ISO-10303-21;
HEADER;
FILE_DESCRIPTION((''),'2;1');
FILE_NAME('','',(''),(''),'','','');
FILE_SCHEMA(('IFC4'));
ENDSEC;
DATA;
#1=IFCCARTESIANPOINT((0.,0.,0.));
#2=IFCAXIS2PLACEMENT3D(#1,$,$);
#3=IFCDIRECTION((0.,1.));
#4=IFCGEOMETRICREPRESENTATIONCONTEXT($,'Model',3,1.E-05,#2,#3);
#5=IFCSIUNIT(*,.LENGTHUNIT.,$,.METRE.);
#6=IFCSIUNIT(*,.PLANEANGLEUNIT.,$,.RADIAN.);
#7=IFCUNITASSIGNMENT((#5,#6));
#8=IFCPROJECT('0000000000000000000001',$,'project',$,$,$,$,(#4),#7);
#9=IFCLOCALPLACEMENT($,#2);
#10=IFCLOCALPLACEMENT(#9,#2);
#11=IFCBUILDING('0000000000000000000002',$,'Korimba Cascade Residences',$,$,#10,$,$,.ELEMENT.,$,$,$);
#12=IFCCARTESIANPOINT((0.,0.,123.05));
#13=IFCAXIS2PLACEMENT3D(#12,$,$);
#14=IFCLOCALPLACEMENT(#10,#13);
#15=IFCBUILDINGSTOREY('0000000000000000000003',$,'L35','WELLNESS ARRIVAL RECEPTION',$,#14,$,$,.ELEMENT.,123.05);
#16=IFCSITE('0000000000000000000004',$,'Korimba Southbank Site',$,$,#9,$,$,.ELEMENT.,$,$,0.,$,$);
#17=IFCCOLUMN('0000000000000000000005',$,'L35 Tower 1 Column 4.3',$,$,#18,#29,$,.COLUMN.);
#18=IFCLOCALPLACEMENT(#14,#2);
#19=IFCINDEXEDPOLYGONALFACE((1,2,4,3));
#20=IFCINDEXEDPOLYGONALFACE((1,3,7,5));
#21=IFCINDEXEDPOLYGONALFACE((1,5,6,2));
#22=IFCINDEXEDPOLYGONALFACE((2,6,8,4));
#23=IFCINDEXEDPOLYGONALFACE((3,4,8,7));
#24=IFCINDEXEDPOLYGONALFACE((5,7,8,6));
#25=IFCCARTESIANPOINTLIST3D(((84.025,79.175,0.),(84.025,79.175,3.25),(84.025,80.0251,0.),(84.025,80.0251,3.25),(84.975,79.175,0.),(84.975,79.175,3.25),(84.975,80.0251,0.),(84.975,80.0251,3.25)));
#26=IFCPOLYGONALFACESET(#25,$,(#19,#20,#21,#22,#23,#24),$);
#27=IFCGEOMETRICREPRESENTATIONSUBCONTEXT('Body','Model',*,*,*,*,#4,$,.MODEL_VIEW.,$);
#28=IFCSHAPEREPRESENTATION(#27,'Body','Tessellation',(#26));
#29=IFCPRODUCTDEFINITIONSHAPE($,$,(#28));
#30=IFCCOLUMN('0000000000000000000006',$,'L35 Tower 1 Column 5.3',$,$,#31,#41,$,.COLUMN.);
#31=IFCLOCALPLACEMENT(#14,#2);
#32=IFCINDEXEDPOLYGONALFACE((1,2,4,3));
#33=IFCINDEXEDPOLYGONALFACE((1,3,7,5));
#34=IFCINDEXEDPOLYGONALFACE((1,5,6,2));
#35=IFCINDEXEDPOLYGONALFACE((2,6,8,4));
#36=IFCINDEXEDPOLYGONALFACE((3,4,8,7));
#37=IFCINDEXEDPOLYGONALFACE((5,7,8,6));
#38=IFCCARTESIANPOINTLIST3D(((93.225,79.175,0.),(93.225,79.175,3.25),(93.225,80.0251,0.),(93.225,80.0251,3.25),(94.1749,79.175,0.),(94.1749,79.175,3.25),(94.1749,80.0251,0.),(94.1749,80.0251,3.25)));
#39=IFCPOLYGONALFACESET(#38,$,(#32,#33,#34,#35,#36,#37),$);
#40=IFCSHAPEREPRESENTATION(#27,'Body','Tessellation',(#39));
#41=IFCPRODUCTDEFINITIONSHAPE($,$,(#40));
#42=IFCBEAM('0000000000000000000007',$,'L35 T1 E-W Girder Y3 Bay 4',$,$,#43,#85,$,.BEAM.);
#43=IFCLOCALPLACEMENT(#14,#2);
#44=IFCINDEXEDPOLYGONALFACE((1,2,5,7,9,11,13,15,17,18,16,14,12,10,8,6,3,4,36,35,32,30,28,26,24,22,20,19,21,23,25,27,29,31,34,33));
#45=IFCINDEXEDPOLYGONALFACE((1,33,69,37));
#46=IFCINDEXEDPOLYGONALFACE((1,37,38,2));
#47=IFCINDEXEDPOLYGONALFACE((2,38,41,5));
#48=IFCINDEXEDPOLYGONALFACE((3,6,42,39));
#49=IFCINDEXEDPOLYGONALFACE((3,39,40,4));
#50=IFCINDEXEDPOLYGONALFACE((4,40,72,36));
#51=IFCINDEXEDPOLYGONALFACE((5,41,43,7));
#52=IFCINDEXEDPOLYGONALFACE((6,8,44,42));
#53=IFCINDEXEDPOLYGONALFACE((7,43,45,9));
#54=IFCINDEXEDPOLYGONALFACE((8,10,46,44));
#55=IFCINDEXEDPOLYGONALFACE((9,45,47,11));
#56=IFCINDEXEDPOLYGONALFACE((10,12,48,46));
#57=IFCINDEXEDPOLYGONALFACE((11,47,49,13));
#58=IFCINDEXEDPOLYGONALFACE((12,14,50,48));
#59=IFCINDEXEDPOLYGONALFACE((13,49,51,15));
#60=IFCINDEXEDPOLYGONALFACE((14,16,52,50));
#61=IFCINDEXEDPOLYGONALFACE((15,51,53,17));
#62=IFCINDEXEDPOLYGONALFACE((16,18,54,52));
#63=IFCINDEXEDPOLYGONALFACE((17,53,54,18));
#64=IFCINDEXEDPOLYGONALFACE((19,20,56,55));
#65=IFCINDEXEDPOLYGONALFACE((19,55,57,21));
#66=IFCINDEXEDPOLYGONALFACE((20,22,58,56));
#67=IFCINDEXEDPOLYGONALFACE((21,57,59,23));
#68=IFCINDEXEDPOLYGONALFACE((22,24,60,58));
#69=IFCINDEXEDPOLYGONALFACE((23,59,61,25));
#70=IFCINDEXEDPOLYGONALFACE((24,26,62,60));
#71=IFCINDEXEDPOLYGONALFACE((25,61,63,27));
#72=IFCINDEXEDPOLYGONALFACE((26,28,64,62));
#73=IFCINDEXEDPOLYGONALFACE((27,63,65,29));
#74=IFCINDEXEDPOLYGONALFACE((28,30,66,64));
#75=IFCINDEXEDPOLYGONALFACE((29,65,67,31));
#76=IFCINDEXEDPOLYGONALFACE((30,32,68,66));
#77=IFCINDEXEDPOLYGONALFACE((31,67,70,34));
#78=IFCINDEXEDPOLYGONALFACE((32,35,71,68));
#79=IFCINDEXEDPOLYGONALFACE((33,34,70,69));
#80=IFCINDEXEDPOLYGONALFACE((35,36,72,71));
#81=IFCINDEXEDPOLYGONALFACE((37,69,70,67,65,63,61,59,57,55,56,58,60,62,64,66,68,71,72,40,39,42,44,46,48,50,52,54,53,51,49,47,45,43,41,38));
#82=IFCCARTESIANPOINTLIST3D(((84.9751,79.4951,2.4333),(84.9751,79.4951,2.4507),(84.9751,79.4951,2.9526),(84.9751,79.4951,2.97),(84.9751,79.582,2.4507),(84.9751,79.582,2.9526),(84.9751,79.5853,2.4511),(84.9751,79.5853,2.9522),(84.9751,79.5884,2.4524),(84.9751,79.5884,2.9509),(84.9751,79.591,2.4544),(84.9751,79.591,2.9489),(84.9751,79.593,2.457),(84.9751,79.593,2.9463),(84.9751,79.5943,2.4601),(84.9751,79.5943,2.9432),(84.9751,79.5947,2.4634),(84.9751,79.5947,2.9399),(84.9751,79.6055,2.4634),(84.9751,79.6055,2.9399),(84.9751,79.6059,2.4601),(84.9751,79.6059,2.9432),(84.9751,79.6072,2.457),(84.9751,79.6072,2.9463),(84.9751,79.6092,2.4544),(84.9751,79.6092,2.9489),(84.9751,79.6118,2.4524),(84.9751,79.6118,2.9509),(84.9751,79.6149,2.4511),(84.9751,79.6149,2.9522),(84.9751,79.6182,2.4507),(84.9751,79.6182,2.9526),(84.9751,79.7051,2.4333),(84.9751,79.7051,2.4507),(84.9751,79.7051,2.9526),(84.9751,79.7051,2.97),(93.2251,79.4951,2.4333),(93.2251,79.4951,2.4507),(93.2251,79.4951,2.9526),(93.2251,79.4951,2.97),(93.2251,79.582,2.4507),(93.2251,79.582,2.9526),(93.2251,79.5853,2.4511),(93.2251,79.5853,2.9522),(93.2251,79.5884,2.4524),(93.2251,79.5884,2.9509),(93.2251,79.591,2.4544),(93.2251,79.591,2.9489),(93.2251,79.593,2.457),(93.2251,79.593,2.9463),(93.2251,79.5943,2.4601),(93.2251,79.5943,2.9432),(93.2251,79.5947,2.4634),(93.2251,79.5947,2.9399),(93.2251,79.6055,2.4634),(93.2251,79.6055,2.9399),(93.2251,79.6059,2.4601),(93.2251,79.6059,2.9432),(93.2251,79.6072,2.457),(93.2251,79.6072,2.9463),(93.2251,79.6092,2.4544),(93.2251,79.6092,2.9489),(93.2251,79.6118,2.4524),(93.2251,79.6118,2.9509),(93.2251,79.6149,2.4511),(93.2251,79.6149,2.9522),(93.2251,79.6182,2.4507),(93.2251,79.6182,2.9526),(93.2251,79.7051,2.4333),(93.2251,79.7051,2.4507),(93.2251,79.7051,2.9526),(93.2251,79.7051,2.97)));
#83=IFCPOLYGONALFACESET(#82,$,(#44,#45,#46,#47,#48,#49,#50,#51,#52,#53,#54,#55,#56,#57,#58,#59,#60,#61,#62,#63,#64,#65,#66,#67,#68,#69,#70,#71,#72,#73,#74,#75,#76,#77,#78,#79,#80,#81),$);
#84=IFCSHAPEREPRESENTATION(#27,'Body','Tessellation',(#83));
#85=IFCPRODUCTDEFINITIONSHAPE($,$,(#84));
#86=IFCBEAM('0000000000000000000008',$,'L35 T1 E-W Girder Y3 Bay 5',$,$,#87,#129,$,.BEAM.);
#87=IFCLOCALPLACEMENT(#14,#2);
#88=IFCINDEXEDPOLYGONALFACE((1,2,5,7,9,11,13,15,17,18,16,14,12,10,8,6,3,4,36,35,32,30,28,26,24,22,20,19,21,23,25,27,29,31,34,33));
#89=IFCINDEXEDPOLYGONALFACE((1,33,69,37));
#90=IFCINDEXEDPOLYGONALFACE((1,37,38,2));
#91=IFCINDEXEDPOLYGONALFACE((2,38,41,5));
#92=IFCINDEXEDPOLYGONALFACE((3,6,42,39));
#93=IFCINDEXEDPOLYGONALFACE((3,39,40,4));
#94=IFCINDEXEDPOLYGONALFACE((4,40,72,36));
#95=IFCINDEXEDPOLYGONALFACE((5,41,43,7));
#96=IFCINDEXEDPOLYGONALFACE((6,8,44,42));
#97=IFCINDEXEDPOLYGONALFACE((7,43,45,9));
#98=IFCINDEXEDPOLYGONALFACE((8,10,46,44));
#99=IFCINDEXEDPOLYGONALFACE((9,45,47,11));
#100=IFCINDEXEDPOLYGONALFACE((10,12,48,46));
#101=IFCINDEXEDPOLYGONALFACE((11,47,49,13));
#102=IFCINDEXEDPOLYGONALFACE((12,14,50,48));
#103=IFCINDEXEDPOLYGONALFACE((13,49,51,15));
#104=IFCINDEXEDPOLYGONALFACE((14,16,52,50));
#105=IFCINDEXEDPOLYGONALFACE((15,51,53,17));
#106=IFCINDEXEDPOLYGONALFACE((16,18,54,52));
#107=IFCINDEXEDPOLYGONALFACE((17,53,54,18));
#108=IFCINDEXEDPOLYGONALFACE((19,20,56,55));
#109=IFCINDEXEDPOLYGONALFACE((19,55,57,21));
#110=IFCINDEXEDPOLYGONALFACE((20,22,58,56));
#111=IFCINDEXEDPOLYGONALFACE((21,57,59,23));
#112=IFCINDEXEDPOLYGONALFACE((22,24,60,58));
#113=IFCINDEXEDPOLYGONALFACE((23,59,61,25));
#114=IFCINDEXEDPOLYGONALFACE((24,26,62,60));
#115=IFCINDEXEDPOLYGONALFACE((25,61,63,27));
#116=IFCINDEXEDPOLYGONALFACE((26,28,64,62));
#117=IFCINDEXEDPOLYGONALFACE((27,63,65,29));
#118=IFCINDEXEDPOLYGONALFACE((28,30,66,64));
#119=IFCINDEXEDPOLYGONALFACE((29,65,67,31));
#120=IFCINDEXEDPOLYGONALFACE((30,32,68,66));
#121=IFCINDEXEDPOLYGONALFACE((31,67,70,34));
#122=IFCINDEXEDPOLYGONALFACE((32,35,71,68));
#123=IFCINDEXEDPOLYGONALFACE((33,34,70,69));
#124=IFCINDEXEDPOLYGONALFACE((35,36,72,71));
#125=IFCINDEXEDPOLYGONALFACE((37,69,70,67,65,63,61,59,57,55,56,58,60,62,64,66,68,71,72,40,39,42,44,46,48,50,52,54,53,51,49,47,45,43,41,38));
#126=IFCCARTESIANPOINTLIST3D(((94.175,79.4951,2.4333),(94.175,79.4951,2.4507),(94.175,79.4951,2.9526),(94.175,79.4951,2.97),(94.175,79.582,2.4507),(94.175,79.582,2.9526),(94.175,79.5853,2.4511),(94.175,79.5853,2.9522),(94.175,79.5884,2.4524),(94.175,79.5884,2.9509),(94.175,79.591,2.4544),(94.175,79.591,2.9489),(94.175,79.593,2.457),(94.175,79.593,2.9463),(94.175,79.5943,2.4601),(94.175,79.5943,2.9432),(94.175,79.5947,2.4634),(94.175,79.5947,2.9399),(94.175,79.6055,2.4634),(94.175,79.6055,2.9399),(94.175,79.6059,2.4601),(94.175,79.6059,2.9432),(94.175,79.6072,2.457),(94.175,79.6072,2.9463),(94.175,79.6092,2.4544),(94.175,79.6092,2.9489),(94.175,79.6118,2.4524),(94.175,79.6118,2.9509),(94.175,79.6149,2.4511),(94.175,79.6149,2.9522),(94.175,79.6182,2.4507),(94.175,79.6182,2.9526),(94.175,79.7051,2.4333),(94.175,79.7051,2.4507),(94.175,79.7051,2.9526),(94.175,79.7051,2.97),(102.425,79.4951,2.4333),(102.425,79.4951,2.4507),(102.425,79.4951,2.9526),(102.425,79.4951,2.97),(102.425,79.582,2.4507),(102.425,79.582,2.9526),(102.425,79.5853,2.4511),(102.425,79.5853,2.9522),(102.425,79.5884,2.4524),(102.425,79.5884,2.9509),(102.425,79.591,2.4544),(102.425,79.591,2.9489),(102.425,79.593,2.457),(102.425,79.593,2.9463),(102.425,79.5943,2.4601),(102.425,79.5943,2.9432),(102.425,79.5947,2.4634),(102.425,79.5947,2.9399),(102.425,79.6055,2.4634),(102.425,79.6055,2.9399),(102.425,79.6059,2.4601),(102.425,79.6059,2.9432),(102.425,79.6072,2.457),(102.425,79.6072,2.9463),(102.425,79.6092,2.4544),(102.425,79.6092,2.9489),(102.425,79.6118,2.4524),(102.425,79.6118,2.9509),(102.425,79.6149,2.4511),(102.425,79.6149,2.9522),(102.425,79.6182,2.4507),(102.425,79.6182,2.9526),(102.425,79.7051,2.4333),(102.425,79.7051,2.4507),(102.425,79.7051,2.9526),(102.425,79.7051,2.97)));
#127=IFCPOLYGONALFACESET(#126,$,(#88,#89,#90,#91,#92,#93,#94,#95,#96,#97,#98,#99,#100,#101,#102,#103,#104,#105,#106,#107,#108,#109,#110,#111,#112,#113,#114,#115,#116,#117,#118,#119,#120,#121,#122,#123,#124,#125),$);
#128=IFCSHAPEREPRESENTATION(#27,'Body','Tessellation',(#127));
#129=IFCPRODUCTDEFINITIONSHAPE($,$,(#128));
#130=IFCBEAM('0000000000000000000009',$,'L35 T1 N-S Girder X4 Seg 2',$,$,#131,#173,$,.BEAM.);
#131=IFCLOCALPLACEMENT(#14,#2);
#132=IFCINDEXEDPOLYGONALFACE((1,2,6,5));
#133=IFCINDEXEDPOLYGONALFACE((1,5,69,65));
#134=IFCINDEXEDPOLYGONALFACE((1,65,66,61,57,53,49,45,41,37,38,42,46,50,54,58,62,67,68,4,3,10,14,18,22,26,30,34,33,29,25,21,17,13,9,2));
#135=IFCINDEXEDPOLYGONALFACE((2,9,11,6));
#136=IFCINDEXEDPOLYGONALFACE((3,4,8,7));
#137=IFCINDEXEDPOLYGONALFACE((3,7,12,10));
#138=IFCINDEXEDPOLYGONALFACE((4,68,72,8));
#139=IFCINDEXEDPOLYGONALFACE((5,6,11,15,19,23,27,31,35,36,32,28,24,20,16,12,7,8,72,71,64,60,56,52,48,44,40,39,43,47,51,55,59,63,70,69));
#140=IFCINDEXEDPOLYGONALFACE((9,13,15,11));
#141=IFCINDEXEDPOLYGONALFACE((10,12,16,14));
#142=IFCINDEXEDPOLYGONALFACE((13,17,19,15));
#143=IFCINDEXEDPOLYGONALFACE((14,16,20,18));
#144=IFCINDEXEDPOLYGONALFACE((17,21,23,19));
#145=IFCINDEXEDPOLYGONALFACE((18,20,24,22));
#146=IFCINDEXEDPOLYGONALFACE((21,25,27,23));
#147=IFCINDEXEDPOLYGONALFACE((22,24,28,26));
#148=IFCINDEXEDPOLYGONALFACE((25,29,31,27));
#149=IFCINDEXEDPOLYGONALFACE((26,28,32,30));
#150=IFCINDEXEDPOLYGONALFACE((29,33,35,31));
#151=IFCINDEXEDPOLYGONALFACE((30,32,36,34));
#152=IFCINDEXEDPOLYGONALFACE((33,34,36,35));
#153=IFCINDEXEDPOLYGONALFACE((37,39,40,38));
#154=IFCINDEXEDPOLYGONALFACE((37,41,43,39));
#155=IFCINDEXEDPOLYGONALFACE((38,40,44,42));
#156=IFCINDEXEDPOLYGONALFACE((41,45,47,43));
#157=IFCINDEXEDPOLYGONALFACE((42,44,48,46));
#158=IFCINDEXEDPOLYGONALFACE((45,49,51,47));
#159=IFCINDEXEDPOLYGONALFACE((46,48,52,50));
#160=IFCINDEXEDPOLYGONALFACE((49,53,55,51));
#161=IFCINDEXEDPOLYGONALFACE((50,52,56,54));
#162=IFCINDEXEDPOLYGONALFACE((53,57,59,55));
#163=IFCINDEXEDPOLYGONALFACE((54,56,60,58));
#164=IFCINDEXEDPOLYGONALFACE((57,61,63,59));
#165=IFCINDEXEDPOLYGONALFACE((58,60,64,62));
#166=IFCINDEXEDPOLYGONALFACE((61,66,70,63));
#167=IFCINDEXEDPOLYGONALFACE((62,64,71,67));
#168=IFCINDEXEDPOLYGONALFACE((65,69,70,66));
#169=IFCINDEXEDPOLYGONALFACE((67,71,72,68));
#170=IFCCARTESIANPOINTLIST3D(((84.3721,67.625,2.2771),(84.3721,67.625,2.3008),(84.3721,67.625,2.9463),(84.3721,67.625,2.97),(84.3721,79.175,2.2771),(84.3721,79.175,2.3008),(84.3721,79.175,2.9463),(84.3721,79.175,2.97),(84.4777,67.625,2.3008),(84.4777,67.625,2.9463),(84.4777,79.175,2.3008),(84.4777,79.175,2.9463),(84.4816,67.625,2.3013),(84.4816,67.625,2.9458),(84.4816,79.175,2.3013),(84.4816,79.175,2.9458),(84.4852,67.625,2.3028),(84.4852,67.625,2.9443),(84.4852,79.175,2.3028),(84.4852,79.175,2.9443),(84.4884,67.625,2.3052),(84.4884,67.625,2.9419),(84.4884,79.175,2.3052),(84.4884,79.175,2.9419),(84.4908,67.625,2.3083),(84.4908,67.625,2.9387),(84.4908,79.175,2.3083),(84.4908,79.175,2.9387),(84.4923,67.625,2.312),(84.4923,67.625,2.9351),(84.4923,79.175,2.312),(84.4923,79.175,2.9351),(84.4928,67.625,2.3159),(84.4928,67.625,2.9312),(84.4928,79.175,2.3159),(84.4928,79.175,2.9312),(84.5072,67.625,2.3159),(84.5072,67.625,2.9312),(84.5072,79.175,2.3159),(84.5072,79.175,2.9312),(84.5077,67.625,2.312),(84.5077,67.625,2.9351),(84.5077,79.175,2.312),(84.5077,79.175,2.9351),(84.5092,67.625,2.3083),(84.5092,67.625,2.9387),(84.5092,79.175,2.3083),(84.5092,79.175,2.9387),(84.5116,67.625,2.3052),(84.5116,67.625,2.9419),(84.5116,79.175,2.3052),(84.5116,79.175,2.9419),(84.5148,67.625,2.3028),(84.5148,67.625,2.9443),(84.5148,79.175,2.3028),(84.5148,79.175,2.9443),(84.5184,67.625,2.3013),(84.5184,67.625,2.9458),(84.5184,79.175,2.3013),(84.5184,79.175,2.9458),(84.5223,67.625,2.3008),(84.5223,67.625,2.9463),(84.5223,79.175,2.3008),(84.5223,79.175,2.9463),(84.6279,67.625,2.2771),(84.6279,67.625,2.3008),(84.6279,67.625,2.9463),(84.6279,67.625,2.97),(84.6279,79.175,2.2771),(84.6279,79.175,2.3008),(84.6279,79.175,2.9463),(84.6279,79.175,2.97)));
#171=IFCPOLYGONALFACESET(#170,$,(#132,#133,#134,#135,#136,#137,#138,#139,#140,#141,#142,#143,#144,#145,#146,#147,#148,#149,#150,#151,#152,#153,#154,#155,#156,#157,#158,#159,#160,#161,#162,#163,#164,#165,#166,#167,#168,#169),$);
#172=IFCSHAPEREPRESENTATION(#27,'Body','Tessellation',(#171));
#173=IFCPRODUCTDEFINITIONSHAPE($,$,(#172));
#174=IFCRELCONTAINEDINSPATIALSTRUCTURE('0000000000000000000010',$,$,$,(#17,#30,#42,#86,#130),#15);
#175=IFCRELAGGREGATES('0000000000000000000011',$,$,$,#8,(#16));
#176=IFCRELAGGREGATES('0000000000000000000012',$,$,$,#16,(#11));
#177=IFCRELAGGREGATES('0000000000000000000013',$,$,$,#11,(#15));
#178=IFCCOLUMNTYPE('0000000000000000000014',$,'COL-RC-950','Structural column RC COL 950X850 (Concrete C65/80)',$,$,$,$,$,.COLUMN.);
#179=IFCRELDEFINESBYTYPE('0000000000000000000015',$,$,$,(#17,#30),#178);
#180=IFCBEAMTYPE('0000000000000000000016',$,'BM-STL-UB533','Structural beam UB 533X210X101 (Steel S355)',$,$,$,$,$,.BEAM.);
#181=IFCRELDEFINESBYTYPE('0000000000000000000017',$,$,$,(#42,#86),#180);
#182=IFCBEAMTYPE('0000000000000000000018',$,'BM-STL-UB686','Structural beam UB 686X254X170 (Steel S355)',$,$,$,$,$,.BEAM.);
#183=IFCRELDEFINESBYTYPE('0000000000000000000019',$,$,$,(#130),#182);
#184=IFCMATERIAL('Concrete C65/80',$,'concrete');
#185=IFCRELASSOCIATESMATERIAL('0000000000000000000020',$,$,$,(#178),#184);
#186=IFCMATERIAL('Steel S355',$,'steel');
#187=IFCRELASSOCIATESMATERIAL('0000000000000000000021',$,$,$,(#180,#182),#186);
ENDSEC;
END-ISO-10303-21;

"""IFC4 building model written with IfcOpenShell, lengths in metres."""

from ifc_helpers import new_model, si_unit, direction, frame, origin, origin_2d, place, context, subcontext, project, spatial, rectangle, i_section, extrude, material, material_profile, profile_set, type_object, element, save


model = new_model("IFC4")

# Units and contexts
model_context = context("Model", 3, precision=1e-05, world=origin(), true_north=direction((0.0, 1.0)))
body_context = subcontext(model_context, "Body", "Model", "MODEL_VIEW")
ifc_project = project(units=[si_unit("LENGTHUNIT", "METRE"), si_unit("PLANEANGLEUNIT", "RADIAN")], contexts=[model_context])

# Site, building, storey
site_placement = place(None, origin())
site = spatial("IfcSite", under=ifc_project, at=site_placement, Name="Korimba Southbank Site", CompositionType="ELEMENT", RefElevation=0.0)
building_placement = place(site_placement, origin())
building = spatial("IfcBuilding", under=site, at=building_placement, Name="Korimba Cascade Residences", CompositionType="ELEMENT")
storey_placement = place(building_placement, frame((0.0, 0.0, 123.05)))
storey = spatial("IfcBuildingStorey", under=building, at=storey_placement, Name="L35", Description="WELLNESS ARRIVAL RECEPTION", CompositionType="ELEMENT", Elevation=123.05)

# Columns
ifc_material_1 = material(Name="Concrete C65/80", Category="concrete")
ifc_material_profile_1 = material_profile(ifc_material_1, rectangle(XDim=0.95, YDim=0.8501, at=origin_2d()), Name="Concrete C65/80")
ifc_profile_set_1 = profile_set([ifc_material_profile_1], Name="Concrete C65/80")
column_type = type_object("IfcColumnType", Name="COL-RC-950", Description="Structural column RC COL 950X850 (Concrete C65/80)", PredefinedType="COLUMN", material=ifc_profile_set_1)
for number, where, z_axis, x_axis, name in (
    (1, (84.5, 79.6001, 0.0), (0.0, 0.0, 1.0), (1.0, 0.0, 0.0), "L35 Tower 1 Column 4.3"),
    (2, (93.7, 79.6001, 0.0), (0.0, 0.0, 1.0), (1.0, 0.0, 0.0), "L35 Tower 1 Column 5.3"),
):
    element("IfcColumn", number, at=place(storey_placement, frame(where, z_axis=z_axis, x_axis=x_axis)), inside=storey, type_object=column_type, Name=name, PredefinedType="COLUMN", context=body_context, shape_type="SweptSolid", body=[
        extrude(rectangle(XDim=0.95, YDim=0.8501, at=origin_2d()), origin(), (0.0, 0.0, 1.0), 3.25),
    ])

# Beams
ifc_material_2 = material(Name="Steel S355", Category="steel")
ifc_material_profile_2 = material_profile(ifc_material_2, i_section(OverallWidth=0.21, OverallDepth=0.5366, WebThickness=0.0107, FlangeThickness=0.0173, FilletRadius=0.0127, at=origin_2d()), Name="Steel S355")
ifc_profile_set_2 = profile_set([ifc_material_profile_2], Name="Steel S355")
beam_type_1 = type_object("IfcBeamType", Name="BM-STL-UB533", Description="Structural beam UB 533X210X101 (Steel S355)", PredefinedType="BEAM", material=ifc_profile_set_2)
for number, where, z_axis, x_axis, name in (
    (3, (84.9751, 79.6001, 2.7017), (1.0, 0.0, 0.0), (0.0, 1.0, 0.0), "L35 T1 E-W Girder Y3 Bay 4"),
    (4, (94.175, 79.6001, 2.7017), (1.0, 0.0, 0.0), (0.0, 1.0, 0.0), "L35 T1 E-W Girder Y3 Bay 5"),
):
    element("IfcBeam", number, at=place(storey_placement, frame(where, z_axis=z_axis, x_axis=x_axis)), inside=storey, type_object=beam_type_1, Name=name, PredefinedType="BEAM", context=body_context, shape_type="SweptSolid", body=[
        extrude(i_section(OverallWidth=0.21, OverallDepth=0.5366, WebThickness=0.0107, FlangeThickness=0.0173, FilletRadius=0.0127, at=origin_2d()), origin(), (0.0, 0.0, 1.0), 8.25),
    ])
ifc_material_profile_3 = material_profile(ifc_material_2, i_section(OverallWidth=0.2559, OverallDepth=0.6929, WebThickness=0.0144, FlangeThickness=0.0237, FilletRadius=0.0151, at=origin_2d()), Name="Steel S355")
ifc_profile_set_3 = profile_set([ifc_material_profile_3], Name="Steel S355")
beam_type_2 = type_object("IfcBeamType", Name="BM-STL-UB686", Description="Structural beam UB 686X254X170 (Steel S355)", PredefinedType="BEAM", material=ifc_profile_set_3)
beam_1_placement = place(storey_placement, frame((84.5, 67.625, 2.6235), z_axis=(0.0, 1.0, 0.0), x_axis=(-1.0, 0.0, 0.0)))
element("IfcBeam", 5, at=beam_1_placement, inside=storey, type_object=beam_type_2, Name="L35 T1 N-S Girder X4 Seg 2", PredefinedType="BEAM", context=body_context, shape_type="SweptSolid", body=[
    extrude(i_section(OverallWidth=0.2559, OverallDepth=0.6929, WebThickness=0.0144, FlangeThickness=0.0237, FilletRadius=0.0151, at=origin_2d()), origin(), (0.0, 0.0, 1.0), 11.55),
])

save(model, "model.ifc")
